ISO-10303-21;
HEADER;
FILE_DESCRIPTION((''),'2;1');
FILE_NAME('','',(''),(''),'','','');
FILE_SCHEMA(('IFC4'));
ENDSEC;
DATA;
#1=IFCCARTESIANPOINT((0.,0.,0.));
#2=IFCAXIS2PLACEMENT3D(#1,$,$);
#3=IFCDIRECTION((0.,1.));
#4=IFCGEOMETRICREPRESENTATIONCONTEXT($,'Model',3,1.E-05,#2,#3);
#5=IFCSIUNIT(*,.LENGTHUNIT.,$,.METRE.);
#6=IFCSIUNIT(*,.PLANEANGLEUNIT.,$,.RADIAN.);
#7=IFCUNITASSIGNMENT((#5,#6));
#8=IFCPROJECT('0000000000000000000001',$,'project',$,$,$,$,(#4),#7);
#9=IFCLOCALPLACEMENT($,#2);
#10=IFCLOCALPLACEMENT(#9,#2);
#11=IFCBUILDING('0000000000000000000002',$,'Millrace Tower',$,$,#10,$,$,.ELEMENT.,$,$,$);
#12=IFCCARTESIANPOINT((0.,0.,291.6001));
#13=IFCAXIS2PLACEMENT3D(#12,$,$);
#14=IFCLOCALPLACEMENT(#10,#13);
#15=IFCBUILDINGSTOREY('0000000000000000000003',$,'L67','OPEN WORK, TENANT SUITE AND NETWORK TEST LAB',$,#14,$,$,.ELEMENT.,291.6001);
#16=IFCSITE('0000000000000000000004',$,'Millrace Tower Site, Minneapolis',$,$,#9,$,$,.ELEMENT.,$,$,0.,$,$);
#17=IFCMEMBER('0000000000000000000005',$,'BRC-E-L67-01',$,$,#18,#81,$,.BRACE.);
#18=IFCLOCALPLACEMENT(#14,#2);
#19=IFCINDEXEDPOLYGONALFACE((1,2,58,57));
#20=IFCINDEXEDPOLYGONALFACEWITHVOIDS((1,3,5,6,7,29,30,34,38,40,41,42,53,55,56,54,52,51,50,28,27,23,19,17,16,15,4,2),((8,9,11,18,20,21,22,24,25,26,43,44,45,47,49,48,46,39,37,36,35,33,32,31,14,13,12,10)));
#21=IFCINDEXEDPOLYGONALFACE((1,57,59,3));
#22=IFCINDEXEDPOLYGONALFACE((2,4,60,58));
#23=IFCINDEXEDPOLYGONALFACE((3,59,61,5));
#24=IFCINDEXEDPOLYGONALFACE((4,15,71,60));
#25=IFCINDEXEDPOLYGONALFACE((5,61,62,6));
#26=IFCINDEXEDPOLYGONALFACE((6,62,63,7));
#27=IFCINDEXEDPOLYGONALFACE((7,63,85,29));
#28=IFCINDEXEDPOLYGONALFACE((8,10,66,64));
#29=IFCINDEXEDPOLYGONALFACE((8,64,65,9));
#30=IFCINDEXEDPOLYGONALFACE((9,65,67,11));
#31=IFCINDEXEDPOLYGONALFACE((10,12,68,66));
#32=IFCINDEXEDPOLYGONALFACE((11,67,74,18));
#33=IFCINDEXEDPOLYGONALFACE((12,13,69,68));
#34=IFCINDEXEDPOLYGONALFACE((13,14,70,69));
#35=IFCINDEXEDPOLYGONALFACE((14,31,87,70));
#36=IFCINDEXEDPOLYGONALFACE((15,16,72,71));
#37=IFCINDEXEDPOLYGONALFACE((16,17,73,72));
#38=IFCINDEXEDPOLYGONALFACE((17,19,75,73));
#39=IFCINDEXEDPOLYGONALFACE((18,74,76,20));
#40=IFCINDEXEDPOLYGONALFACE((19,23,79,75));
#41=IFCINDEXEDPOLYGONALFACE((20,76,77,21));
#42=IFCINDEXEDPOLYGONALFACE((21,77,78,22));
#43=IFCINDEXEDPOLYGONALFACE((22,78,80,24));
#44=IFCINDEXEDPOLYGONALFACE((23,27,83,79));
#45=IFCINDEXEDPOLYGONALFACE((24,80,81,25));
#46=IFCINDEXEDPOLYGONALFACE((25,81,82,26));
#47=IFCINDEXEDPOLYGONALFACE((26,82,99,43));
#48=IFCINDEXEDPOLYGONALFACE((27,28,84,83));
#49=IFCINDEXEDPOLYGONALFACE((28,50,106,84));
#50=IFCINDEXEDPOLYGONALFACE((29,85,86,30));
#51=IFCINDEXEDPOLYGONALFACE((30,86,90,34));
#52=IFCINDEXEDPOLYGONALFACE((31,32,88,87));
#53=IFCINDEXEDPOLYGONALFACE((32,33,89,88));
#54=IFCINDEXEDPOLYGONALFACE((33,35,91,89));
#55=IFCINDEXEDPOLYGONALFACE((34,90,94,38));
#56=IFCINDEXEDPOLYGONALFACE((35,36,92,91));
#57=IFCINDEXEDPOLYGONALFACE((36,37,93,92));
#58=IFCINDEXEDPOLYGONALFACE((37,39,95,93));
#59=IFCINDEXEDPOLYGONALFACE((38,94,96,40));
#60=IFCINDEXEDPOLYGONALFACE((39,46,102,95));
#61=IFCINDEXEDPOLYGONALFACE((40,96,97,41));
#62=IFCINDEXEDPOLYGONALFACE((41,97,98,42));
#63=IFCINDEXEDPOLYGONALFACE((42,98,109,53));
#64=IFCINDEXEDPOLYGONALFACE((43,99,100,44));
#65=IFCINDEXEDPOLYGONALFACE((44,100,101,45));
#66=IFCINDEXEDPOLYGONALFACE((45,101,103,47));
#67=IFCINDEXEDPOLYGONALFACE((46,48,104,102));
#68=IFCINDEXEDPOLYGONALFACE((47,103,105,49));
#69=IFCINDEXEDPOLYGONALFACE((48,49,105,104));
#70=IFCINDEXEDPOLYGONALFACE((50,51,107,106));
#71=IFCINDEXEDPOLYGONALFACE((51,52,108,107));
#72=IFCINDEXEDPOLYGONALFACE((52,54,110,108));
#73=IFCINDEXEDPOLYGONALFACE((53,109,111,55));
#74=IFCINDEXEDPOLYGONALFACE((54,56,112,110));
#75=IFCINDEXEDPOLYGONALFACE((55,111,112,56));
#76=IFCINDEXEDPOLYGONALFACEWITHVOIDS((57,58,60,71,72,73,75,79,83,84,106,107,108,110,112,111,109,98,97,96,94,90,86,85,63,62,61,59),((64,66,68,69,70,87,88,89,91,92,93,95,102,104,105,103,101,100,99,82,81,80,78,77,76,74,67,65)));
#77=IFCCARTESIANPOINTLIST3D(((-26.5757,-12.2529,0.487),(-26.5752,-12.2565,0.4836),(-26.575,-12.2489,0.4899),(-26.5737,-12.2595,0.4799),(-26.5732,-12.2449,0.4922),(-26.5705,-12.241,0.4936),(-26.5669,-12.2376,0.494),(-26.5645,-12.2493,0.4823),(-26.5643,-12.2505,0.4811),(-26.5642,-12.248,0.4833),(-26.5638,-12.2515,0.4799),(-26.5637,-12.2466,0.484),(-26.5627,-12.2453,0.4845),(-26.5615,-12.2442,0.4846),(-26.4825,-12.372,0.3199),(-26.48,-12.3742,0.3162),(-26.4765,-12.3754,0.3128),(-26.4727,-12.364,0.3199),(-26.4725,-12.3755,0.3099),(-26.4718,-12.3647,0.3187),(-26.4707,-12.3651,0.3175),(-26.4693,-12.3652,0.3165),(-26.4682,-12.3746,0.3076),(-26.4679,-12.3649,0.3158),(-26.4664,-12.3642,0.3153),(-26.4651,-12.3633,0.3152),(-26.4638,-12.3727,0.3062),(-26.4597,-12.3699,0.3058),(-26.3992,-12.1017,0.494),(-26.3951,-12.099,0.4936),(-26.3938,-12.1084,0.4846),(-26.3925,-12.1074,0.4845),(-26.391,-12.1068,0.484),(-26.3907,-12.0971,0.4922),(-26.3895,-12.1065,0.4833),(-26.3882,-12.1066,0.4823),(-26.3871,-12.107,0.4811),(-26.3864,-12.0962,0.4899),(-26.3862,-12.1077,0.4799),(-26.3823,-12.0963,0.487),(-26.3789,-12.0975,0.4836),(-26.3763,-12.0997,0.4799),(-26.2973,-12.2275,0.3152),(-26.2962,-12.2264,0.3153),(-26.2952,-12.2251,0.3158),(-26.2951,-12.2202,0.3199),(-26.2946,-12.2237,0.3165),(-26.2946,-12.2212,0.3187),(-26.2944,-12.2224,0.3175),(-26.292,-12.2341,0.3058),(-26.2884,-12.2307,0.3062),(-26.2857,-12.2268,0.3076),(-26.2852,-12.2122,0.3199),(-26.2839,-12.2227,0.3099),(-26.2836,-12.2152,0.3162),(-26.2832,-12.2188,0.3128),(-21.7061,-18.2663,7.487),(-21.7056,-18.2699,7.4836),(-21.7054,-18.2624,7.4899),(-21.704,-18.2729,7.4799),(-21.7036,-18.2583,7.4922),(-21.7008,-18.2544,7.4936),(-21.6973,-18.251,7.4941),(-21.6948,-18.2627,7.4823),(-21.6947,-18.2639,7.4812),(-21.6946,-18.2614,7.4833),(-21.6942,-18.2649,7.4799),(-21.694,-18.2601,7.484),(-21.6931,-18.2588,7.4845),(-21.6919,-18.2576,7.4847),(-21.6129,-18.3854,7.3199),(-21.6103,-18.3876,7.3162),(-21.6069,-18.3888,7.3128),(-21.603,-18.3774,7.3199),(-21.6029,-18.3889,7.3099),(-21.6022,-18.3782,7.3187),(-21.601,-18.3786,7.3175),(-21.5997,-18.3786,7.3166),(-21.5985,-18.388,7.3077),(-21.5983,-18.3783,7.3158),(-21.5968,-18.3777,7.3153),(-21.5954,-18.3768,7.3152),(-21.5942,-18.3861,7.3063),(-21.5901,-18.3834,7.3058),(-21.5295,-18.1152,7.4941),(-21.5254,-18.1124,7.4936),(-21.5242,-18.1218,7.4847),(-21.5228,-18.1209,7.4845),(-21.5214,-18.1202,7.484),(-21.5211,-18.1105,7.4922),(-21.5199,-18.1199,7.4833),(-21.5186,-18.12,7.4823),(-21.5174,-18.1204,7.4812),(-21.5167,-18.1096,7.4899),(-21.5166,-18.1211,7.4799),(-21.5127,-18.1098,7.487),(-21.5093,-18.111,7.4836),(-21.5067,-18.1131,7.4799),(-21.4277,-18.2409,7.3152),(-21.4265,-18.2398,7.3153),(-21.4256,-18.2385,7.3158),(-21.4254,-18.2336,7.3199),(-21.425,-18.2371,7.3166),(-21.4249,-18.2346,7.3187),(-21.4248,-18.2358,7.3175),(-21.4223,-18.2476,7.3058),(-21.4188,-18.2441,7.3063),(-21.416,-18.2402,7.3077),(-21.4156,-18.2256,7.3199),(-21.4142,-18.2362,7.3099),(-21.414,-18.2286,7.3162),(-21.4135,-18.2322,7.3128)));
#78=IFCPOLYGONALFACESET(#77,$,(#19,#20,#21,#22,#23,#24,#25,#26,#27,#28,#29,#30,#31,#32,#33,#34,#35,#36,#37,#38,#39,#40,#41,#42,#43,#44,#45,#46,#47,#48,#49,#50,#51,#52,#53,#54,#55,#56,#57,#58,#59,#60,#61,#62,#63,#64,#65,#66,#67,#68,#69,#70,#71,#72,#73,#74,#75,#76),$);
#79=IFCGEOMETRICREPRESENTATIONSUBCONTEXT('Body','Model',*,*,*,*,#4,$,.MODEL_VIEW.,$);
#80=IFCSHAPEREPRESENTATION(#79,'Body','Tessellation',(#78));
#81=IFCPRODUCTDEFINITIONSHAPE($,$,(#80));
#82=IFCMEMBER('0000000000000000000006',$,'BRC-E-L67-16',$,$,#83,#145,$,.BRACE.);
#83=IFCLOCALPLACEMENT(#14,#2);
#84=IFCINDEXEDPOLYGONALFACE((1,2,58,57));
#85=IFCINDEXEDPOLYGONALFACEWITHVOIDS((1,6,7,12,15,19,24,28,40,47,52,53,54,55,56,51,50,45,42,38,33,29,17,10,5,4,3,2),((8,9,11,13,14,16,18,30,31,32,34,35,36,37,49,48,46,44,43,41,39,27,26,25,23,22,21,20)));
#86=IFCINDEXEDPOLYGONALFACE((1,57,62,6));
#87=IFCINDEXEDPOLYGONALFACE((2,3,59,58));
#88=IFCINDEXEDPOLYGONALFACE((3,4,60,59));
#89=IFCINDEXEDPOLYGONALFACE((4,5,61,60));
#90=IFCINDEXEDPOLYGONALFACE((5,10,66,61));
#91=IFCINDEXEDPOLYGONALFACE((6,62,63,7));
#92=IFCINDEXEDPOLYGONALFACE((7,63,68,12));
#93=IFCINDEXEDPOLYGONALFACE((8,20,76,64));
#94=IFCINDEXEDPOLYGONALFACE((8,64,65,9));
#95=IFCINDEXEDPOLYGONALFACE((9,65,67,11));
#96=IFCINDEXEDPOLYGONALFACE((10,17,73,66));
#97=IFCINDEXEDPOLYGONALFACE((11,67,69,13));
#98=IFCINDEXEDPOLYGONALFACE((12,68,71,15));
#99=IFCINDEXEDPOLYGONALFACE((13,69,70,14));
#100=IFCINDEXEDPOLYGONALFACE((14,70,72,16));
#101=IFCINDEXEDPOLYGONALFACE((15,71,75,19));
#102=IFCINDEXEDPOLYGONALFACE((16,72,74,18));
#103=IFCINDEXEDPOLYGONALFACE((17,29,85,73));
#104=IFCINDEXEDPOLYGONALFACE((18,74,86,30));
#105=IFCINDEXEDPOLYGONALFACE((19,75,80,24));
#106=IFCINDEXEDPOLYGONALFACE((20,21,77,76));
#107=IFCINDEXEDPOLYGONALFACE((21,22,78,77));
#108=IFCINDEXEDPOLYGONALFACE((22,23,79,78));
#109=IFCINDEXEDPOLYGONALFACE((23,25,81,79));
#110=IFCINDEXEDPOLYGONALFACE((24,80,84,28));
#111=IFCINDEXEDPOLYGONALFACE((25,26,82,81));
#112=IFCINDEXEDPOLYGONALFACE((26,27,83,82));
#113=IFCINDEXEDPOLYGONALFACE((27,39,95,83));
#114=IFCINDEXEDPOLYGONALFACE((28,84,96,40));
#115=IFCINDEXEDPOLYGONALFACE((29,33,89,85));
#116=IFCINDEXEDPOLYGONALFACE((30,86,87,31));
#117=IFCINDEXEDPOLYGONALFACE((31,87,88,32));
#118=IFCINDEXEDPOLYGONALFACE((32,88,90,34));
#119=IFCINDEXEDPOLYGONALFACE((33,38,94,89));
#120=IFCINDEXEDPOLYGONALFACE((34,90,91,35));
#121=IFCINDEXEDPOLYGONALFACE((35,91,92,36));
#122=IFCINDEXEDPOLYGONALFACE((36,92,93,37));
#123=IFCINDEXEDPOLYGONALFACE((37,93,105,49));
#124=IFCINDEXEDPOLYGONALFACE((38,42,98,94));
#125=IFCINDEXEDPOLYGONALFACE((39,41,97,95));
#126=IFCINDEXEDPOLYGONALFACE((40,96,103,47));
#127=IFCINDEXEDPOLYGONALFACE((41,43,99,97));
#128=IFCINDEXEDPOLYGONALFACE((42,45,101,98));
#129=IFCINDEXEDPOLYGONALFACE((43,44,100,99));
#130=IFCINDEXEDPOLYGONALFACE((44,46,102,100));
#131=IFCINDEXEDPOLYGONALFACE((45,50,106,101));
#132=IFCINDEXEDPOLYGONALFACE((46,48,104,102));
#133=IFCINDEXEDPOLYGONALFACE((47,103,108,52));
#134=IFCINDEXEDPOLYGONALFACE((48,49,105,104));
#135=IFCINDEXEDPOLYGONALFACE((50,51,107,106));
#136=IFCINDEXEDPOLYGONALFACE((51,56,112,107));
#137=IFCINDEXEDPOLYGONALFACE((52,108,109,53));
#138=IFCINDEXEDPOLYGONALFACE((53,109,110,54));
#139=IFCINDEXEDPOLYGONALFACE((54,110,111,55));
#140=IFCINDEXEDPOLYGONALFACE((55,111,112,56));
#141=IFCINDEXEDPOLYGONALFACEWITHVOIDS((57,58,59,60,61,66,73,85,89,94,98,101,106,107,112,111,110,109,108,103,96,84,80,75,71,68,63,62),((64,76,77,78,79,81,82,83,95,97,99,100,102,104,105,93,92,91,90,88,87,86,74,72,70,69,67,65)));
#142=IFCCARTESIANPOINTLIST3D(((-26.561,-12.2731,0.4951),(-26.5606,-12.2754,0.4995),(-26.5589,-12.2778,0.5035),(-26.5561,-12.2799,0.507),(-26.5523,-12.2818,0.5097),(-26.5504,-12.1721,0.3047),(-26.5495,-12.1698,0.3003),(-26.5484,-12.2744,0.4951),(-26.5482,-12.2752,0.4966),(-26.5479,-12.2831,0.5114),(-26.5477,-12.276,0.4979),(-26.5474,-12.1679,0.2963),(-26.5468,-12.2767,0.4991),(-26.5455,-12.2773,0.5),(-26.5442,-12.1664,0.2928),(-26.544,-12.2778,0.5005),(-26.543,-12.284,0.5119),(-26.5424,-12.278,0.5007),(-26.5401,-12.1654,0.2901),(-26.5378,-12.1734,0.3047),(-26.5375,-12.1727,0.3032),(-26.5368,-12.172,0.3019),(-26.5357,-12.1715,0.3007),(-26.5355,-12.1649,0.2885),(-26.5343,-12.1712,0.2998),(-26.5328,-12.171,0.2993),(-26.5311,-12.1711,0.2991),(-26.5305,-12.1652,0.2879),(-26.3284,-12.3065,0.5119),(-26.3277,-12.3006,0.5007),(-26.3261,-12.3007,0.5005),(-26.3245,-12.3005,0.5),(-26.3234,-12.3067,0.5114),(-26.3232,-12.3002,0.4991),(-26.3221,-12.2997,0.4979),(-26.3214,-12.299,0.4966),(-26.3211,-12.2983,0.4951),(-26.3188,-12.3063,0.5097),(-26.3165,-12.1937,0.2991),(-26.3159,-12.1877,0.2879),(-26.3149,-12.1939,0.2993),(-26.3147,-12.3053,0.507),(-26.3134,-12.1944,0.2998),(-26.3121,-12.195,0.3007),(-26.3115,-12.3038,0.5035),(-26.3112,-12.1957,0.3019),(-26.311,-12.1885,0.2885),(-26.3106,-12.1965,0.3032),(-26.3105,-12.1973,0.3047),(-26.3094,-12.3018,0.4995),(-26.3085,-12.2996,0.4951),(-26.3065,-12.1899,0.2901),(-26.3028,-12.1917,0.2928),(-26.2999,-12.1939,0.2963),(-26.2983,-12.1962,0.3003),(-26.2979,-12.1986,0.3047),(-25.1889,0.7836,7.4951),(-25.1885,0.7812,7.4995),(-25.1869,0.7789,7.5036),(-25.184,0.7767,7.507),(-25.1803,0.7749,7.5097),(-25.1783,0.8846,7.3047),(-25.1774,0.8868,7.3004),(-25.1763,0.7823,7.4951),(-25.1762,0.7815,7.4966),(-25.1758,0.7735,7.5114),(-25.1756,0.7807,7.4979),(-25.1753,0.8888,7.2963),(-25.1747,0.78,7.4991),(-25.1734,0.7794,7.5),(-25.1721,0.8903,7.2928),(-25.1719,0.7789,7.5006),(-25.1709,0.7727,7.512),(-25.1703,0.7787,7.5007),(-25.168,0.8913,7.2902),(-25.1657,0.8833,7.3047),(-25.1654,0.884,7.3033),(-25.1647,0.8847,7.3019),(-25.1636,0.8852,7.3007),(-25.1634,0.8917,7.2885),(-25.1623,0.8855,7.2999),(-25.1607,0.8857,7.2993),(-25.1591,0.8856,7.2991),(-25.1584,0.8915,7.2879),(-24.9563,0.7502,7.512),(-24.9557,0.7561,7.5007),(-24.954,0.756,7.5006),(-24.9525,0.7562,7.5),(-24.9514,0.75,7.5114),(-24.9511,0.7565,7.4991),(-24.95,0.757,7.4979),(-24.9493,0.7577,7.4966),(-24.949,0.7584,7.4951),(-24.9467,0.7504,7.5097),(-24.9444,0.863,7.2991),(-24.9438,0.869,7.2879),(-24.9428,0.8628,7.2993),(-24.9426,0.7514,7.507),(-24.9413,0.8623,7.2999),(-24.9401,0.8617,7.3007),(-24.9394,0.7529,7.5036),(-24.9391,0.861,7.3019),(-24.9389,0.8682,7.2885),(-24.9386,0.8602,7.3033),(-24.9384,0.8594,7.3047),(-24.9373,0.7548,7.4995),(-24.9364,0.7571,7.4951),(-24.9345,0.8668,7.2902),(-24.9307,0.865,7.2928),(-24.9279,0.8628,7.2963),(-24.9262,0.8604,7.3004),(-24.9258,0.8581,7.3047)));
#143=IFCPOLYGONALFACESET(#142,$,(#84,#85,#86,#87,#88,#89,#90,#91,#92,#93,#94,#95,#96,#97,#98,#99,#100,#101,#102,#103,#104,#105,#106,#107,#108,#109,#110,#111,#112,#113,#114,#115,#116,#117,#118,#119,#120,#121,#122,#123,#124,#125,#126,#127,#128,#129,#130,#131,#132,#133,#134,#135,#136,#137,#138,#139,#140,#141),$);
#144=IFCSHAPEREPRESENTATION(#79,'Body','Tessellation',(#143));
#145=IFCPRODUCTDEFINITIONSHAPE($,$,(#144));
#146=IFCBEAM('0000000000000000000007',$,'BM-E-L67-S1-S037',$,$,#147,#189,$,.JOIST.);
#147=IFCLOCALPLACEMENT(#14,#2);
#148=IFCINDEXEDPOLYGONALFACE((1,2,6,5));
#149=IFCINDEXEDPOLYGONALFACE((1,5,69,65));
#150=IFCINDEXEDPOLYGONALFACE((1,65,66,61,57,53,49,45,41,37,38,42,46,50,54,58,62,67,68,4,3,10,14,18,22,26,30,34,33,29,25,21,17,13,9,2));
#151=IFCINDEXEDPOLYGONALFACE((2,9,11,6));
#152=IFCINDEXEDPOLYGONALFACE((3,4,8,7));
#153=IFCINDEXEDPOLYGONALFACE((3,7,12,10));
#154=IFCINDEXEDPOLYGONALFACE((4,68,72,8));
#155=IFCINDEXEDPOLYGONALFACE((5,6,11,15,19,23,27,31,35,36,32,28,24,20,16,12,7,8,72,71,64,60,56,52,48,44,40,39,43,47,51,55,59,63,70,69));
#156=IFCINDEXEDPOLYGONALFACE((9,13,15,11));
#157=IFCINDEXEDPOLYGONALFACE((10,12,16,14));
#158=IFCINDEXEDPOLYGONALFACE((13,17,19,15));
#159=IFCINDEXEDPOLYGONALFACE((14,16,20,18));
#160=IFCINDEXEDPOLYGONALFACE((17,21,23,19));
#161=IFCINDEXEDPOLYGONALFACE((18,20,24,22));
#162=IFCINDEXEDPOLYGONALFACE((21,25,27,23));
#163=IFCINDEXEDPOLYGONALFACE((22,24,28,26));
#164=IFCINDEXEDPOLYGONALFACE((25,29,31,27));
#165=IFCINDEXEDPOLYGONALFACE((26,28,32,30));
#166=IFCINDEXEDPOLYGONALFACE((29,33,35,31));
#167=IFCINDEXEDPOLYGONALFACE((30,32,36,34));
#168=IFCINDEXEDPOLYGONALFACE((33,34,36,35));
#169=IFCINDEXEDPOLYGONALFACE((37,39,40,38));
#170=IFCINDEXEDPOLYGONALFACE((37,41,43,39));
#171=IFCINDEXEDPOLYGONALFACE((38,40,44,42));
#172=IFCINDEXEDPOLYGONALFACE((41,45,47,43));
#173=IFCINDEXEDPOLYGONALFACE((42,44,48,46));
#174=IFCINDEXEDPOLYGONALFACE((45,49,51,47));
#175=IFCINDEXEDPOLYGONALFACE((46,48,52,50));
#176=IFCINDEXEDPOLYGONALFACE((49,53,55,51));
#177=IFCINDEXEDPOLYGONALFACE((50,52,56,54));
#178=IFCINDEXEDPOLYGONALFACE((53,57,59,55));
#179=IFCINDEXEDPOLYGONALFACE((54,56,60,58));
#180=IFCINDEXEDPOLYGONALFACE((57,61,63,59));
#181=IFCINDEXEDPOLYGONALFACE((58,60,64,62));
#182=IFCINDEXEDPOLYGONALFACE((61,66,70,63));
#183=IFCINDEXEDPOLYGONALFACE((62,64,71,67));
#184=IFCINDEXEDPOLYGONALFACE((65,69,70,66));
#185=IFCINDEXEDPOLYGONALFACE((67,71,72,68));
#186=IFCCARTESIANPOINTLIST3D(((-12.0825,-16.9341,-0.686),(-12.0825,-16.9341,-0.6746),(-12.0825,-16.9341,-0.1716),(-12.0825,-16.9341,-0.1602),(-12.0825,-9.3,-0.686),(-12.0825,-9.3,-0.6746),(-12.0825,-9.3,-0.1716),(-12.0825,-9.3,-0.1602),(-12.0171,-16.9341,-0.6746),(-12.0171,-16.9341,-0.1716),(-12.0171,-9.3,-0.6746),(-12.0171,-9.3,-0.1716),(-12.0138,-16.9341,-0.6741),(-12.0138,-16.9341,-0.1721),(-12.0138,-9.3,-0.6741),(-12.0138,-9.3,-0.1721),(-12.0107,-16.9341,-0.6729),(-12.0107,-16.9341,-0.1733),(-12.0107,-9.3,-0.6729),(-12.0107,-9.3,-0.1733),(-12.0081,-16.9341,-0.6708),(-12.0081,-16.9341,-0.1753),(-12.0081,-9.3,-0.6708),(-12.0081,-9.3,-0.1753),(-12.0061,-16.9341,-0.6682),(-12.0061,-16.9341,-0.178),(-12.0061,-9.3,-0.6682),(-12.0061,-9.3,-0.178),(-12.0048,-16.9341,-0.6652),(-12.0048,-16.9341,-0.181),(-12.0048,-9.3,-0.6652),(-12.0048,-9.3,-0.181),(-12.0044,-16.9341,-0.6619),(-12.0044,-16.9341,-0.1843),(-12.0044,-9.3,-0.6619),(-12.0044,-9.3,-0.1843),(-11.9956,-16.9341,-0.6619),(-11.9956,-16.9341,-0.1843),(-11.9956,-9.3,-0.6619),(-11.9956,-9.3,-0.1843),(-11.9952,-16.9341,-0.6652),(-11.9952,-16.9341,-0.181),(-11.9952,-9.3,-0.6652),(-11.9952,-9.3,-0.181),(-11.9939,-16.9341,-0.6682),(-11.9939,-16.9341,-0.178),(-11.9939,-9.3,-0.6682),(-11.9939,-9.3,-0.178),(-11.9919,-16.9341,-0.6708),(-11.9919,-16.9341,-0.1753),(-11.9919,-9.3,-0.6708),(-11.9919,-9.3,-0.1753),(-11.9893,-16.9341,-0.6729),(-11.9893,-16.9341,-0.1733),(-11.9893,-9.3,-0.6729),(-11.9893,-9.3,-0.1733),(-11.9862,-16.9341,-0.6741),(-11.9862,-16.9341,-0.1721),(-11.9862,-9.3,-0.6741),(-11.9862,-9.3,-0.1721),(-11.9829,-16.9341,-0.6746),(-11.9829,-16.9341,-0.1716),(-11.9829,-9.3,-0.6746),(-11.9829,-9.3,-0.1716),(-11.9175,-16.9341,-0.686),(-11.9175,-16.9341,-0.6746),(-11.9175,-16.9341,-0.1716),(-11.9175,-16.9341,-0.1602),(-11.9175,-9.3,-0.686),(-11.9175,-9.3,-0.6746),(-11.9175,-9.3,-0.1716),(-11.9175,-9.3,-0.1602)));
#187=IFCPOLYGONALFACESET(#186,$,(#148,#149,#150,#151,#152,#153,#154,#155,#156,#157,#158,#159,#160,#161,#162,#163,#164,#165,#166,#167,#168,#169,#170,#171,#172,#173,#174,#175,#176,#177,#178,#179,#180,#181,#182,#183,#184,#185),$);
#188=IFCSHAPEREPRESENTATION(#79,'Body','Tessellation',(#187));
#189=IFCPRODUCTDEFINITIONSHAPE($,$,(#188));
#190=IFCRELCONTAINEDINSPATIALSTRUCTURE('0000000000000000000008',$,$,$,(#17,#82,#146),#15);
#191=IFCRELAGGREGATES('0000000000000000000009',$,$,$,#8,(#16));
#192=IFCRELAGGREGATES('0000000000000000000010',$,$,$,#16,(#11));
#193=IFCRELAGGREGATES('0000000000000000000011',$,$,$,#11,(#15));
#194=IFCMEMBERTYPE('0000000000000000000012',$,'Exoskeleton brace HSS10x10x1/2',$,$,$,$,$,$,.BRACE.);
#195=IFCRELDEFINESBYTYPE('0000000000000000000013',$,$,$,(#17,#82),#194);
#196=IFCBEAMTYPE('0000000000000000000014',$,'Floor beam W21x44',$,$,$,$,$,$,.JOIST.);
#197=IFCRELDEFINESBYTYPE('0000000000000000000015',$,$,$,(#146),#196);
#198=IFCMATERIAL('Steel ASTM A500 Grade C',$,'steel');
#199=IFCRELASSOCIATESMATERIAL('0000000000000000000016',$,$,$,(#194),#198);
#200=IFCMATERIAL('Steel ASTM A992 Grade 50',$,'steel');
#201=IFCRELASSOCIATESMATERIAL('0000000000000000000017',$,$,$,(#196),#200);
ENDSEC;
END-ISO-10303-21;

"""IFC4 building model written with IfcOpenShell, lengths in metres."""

from ifc_helpers import new_model, si_unit, direction, frame, origin, origin_2d, place, context, subcontext, project, spatial, hollow_rectangle, i_section, extrude, material, material_profile, profile_set, type_object, element, save


model = new_model("IFC4")

# Units and contexts
model_context = context("Model", 3, precision=1e-05, world=origin(), true_north=direction((0.0, 1.0)))
body_context = subcontext(model_context, "Body", "Model", "MODEL_VIEW")
ifc_project = project(units=[si_unit("LENGTHUNIT", "METRE"), si_unit("PLANEANGLEUNIT", "RADIAN")], contexts=[model_context])

# Site, building, storey
site_placement = place(None, origin())
site = spatial("IfcSite", under=ifc_project, at=site_placement, Name="Millrace Tower Site, Minneapolis", CompositionType="ELEMENT", RefElevation=0.0)
building_placement = place(site_placement, origin())
building = spatial("IfcBuilding", under=site, at=building_placement, Name="Millrace Tower", CompositionType="ELEMENT")
storey_placement = place(building_placement, frame((0.0, 0.0, 291.6001)))
storey = spatial("IfcBuildingStorey", under=building, at=storey_placement, Name="L67", Description="OPEN WORK, TENANT SUITE AND NETWORK TEST LAB", CompositionType="ELEMENT", Elevation=291.6001)

# Members
ifc_material_1 = material(Name="Steel ASTM A500 Grade C", Category="steel")
ifc_material_profile_1 = material_profile(ifc_material_1, hollow_rectangle(XDim=0.2539, YDim=0.2539, WallThickness=0.0127, InnerFilletRadius=0.0063, OuterFilletRadius=0.019, at=origin_2d()))
ifc_profile_set_1 = profile_set([ifc_material_profile_1], Name="Steel ASTM A500 Grade C")
member_type_1 = type_object("IfcMemberType", Name="Exoskeleton brace HSS10x10x1/2", PredefinedType="BRACE", material=ifc_profile_set_1)
member_1_placement = place(storey_placement, frame((-26.4294, -12.2358, 0.3999), z_axis=(0.466694, -0.576314, 0.670864), x_axis=(0.777143, 0.629324, 0.0)))
element("IfcMember", 1, at=member_1_placement, inside=storey, type_object=member_type_1, Name="BRC-E-L67-01", PredefinedType="BRACE", context=body_context, shape_type="SweptSolid", body=[
    extrude(hollow_rectangle(XDim=0.2539, YDim=0.2539, WallThickness=0.0127, InnerFilletRadius=0.0063, OuterFilletRadius=0.019, at=origin_2d()), origin(), (0.0, 0.0, 1.0), 10.4343),
])
member_2_placement = place(storey_placement, frame((-26.4294, -12.2358, 0.3999), z_axis=(0.092221, 0.877573, 0.47049), x_axis=(-0.994524, 0.104511, 0.0)))
element("IfcMember", 2, at=member_2_placement, inside=storey, type_object=member_type_1, Name="BRC-E-L67-16", PredefinedType="BRACE", context=body_context, shape_type="SweptSolid", body=[
    extrude(hollow_rectangle(XDim=0.2539, YDim=0.2539, WallThickness=0.0127, InnerFilletRadius=0.0063, OuterFilletRadius=0.019, at=origin_2d()), origin(), (0.0, 0.0, 1.0), 14.8782),
])

# Beam
ifc_material_2 = material(Name="Steel ASTM A992 Grade 50", Category="steel")
ifc_material_profile_2 = material_profile(ifc_material_2, i_section(OverallWidth=0.165, OverallDepth=0.5259, WebThickness=0.0088, FlangeThickness=0.0115, FilletRadius=0.0127, at=origin_2d()))
ifc_profile_set_2 = profile_set([ifc_material_profile_2], Name="Steel ASTM A992 Grade 50")
beam_type_1 = type_object("IfcBeamType", Name="Floor beam W21x44", PredefinedType="JOIST", material=ifc_profile_set_2)
beam_1_placement = place(storey_placement, frame((-12.0, -16.9341, -0.4231), z_axis=(0.0, 1.0, 0.0), x_axis=(-1.0, 0.0, 0.0)))
element("IfcBeam", 3, at=beam_1_placement, inside=storey, type_object=beam_type_1, Name="BM-E-L67-S1-S037", PredefinedType="JOIST", context=body_context, shape_type="SweptSolid", body=[
    extrude(i_section(OverallWidth=0.165, OverallDepth=0.5259, WebThickness=0.0088, FlangeThickness=0.0115, FilletRadius=0.0127, at=origin_2d()), origin(), (0.0, 0.0, 1.0), 7.634),
])

save(model, "model.ifc")
